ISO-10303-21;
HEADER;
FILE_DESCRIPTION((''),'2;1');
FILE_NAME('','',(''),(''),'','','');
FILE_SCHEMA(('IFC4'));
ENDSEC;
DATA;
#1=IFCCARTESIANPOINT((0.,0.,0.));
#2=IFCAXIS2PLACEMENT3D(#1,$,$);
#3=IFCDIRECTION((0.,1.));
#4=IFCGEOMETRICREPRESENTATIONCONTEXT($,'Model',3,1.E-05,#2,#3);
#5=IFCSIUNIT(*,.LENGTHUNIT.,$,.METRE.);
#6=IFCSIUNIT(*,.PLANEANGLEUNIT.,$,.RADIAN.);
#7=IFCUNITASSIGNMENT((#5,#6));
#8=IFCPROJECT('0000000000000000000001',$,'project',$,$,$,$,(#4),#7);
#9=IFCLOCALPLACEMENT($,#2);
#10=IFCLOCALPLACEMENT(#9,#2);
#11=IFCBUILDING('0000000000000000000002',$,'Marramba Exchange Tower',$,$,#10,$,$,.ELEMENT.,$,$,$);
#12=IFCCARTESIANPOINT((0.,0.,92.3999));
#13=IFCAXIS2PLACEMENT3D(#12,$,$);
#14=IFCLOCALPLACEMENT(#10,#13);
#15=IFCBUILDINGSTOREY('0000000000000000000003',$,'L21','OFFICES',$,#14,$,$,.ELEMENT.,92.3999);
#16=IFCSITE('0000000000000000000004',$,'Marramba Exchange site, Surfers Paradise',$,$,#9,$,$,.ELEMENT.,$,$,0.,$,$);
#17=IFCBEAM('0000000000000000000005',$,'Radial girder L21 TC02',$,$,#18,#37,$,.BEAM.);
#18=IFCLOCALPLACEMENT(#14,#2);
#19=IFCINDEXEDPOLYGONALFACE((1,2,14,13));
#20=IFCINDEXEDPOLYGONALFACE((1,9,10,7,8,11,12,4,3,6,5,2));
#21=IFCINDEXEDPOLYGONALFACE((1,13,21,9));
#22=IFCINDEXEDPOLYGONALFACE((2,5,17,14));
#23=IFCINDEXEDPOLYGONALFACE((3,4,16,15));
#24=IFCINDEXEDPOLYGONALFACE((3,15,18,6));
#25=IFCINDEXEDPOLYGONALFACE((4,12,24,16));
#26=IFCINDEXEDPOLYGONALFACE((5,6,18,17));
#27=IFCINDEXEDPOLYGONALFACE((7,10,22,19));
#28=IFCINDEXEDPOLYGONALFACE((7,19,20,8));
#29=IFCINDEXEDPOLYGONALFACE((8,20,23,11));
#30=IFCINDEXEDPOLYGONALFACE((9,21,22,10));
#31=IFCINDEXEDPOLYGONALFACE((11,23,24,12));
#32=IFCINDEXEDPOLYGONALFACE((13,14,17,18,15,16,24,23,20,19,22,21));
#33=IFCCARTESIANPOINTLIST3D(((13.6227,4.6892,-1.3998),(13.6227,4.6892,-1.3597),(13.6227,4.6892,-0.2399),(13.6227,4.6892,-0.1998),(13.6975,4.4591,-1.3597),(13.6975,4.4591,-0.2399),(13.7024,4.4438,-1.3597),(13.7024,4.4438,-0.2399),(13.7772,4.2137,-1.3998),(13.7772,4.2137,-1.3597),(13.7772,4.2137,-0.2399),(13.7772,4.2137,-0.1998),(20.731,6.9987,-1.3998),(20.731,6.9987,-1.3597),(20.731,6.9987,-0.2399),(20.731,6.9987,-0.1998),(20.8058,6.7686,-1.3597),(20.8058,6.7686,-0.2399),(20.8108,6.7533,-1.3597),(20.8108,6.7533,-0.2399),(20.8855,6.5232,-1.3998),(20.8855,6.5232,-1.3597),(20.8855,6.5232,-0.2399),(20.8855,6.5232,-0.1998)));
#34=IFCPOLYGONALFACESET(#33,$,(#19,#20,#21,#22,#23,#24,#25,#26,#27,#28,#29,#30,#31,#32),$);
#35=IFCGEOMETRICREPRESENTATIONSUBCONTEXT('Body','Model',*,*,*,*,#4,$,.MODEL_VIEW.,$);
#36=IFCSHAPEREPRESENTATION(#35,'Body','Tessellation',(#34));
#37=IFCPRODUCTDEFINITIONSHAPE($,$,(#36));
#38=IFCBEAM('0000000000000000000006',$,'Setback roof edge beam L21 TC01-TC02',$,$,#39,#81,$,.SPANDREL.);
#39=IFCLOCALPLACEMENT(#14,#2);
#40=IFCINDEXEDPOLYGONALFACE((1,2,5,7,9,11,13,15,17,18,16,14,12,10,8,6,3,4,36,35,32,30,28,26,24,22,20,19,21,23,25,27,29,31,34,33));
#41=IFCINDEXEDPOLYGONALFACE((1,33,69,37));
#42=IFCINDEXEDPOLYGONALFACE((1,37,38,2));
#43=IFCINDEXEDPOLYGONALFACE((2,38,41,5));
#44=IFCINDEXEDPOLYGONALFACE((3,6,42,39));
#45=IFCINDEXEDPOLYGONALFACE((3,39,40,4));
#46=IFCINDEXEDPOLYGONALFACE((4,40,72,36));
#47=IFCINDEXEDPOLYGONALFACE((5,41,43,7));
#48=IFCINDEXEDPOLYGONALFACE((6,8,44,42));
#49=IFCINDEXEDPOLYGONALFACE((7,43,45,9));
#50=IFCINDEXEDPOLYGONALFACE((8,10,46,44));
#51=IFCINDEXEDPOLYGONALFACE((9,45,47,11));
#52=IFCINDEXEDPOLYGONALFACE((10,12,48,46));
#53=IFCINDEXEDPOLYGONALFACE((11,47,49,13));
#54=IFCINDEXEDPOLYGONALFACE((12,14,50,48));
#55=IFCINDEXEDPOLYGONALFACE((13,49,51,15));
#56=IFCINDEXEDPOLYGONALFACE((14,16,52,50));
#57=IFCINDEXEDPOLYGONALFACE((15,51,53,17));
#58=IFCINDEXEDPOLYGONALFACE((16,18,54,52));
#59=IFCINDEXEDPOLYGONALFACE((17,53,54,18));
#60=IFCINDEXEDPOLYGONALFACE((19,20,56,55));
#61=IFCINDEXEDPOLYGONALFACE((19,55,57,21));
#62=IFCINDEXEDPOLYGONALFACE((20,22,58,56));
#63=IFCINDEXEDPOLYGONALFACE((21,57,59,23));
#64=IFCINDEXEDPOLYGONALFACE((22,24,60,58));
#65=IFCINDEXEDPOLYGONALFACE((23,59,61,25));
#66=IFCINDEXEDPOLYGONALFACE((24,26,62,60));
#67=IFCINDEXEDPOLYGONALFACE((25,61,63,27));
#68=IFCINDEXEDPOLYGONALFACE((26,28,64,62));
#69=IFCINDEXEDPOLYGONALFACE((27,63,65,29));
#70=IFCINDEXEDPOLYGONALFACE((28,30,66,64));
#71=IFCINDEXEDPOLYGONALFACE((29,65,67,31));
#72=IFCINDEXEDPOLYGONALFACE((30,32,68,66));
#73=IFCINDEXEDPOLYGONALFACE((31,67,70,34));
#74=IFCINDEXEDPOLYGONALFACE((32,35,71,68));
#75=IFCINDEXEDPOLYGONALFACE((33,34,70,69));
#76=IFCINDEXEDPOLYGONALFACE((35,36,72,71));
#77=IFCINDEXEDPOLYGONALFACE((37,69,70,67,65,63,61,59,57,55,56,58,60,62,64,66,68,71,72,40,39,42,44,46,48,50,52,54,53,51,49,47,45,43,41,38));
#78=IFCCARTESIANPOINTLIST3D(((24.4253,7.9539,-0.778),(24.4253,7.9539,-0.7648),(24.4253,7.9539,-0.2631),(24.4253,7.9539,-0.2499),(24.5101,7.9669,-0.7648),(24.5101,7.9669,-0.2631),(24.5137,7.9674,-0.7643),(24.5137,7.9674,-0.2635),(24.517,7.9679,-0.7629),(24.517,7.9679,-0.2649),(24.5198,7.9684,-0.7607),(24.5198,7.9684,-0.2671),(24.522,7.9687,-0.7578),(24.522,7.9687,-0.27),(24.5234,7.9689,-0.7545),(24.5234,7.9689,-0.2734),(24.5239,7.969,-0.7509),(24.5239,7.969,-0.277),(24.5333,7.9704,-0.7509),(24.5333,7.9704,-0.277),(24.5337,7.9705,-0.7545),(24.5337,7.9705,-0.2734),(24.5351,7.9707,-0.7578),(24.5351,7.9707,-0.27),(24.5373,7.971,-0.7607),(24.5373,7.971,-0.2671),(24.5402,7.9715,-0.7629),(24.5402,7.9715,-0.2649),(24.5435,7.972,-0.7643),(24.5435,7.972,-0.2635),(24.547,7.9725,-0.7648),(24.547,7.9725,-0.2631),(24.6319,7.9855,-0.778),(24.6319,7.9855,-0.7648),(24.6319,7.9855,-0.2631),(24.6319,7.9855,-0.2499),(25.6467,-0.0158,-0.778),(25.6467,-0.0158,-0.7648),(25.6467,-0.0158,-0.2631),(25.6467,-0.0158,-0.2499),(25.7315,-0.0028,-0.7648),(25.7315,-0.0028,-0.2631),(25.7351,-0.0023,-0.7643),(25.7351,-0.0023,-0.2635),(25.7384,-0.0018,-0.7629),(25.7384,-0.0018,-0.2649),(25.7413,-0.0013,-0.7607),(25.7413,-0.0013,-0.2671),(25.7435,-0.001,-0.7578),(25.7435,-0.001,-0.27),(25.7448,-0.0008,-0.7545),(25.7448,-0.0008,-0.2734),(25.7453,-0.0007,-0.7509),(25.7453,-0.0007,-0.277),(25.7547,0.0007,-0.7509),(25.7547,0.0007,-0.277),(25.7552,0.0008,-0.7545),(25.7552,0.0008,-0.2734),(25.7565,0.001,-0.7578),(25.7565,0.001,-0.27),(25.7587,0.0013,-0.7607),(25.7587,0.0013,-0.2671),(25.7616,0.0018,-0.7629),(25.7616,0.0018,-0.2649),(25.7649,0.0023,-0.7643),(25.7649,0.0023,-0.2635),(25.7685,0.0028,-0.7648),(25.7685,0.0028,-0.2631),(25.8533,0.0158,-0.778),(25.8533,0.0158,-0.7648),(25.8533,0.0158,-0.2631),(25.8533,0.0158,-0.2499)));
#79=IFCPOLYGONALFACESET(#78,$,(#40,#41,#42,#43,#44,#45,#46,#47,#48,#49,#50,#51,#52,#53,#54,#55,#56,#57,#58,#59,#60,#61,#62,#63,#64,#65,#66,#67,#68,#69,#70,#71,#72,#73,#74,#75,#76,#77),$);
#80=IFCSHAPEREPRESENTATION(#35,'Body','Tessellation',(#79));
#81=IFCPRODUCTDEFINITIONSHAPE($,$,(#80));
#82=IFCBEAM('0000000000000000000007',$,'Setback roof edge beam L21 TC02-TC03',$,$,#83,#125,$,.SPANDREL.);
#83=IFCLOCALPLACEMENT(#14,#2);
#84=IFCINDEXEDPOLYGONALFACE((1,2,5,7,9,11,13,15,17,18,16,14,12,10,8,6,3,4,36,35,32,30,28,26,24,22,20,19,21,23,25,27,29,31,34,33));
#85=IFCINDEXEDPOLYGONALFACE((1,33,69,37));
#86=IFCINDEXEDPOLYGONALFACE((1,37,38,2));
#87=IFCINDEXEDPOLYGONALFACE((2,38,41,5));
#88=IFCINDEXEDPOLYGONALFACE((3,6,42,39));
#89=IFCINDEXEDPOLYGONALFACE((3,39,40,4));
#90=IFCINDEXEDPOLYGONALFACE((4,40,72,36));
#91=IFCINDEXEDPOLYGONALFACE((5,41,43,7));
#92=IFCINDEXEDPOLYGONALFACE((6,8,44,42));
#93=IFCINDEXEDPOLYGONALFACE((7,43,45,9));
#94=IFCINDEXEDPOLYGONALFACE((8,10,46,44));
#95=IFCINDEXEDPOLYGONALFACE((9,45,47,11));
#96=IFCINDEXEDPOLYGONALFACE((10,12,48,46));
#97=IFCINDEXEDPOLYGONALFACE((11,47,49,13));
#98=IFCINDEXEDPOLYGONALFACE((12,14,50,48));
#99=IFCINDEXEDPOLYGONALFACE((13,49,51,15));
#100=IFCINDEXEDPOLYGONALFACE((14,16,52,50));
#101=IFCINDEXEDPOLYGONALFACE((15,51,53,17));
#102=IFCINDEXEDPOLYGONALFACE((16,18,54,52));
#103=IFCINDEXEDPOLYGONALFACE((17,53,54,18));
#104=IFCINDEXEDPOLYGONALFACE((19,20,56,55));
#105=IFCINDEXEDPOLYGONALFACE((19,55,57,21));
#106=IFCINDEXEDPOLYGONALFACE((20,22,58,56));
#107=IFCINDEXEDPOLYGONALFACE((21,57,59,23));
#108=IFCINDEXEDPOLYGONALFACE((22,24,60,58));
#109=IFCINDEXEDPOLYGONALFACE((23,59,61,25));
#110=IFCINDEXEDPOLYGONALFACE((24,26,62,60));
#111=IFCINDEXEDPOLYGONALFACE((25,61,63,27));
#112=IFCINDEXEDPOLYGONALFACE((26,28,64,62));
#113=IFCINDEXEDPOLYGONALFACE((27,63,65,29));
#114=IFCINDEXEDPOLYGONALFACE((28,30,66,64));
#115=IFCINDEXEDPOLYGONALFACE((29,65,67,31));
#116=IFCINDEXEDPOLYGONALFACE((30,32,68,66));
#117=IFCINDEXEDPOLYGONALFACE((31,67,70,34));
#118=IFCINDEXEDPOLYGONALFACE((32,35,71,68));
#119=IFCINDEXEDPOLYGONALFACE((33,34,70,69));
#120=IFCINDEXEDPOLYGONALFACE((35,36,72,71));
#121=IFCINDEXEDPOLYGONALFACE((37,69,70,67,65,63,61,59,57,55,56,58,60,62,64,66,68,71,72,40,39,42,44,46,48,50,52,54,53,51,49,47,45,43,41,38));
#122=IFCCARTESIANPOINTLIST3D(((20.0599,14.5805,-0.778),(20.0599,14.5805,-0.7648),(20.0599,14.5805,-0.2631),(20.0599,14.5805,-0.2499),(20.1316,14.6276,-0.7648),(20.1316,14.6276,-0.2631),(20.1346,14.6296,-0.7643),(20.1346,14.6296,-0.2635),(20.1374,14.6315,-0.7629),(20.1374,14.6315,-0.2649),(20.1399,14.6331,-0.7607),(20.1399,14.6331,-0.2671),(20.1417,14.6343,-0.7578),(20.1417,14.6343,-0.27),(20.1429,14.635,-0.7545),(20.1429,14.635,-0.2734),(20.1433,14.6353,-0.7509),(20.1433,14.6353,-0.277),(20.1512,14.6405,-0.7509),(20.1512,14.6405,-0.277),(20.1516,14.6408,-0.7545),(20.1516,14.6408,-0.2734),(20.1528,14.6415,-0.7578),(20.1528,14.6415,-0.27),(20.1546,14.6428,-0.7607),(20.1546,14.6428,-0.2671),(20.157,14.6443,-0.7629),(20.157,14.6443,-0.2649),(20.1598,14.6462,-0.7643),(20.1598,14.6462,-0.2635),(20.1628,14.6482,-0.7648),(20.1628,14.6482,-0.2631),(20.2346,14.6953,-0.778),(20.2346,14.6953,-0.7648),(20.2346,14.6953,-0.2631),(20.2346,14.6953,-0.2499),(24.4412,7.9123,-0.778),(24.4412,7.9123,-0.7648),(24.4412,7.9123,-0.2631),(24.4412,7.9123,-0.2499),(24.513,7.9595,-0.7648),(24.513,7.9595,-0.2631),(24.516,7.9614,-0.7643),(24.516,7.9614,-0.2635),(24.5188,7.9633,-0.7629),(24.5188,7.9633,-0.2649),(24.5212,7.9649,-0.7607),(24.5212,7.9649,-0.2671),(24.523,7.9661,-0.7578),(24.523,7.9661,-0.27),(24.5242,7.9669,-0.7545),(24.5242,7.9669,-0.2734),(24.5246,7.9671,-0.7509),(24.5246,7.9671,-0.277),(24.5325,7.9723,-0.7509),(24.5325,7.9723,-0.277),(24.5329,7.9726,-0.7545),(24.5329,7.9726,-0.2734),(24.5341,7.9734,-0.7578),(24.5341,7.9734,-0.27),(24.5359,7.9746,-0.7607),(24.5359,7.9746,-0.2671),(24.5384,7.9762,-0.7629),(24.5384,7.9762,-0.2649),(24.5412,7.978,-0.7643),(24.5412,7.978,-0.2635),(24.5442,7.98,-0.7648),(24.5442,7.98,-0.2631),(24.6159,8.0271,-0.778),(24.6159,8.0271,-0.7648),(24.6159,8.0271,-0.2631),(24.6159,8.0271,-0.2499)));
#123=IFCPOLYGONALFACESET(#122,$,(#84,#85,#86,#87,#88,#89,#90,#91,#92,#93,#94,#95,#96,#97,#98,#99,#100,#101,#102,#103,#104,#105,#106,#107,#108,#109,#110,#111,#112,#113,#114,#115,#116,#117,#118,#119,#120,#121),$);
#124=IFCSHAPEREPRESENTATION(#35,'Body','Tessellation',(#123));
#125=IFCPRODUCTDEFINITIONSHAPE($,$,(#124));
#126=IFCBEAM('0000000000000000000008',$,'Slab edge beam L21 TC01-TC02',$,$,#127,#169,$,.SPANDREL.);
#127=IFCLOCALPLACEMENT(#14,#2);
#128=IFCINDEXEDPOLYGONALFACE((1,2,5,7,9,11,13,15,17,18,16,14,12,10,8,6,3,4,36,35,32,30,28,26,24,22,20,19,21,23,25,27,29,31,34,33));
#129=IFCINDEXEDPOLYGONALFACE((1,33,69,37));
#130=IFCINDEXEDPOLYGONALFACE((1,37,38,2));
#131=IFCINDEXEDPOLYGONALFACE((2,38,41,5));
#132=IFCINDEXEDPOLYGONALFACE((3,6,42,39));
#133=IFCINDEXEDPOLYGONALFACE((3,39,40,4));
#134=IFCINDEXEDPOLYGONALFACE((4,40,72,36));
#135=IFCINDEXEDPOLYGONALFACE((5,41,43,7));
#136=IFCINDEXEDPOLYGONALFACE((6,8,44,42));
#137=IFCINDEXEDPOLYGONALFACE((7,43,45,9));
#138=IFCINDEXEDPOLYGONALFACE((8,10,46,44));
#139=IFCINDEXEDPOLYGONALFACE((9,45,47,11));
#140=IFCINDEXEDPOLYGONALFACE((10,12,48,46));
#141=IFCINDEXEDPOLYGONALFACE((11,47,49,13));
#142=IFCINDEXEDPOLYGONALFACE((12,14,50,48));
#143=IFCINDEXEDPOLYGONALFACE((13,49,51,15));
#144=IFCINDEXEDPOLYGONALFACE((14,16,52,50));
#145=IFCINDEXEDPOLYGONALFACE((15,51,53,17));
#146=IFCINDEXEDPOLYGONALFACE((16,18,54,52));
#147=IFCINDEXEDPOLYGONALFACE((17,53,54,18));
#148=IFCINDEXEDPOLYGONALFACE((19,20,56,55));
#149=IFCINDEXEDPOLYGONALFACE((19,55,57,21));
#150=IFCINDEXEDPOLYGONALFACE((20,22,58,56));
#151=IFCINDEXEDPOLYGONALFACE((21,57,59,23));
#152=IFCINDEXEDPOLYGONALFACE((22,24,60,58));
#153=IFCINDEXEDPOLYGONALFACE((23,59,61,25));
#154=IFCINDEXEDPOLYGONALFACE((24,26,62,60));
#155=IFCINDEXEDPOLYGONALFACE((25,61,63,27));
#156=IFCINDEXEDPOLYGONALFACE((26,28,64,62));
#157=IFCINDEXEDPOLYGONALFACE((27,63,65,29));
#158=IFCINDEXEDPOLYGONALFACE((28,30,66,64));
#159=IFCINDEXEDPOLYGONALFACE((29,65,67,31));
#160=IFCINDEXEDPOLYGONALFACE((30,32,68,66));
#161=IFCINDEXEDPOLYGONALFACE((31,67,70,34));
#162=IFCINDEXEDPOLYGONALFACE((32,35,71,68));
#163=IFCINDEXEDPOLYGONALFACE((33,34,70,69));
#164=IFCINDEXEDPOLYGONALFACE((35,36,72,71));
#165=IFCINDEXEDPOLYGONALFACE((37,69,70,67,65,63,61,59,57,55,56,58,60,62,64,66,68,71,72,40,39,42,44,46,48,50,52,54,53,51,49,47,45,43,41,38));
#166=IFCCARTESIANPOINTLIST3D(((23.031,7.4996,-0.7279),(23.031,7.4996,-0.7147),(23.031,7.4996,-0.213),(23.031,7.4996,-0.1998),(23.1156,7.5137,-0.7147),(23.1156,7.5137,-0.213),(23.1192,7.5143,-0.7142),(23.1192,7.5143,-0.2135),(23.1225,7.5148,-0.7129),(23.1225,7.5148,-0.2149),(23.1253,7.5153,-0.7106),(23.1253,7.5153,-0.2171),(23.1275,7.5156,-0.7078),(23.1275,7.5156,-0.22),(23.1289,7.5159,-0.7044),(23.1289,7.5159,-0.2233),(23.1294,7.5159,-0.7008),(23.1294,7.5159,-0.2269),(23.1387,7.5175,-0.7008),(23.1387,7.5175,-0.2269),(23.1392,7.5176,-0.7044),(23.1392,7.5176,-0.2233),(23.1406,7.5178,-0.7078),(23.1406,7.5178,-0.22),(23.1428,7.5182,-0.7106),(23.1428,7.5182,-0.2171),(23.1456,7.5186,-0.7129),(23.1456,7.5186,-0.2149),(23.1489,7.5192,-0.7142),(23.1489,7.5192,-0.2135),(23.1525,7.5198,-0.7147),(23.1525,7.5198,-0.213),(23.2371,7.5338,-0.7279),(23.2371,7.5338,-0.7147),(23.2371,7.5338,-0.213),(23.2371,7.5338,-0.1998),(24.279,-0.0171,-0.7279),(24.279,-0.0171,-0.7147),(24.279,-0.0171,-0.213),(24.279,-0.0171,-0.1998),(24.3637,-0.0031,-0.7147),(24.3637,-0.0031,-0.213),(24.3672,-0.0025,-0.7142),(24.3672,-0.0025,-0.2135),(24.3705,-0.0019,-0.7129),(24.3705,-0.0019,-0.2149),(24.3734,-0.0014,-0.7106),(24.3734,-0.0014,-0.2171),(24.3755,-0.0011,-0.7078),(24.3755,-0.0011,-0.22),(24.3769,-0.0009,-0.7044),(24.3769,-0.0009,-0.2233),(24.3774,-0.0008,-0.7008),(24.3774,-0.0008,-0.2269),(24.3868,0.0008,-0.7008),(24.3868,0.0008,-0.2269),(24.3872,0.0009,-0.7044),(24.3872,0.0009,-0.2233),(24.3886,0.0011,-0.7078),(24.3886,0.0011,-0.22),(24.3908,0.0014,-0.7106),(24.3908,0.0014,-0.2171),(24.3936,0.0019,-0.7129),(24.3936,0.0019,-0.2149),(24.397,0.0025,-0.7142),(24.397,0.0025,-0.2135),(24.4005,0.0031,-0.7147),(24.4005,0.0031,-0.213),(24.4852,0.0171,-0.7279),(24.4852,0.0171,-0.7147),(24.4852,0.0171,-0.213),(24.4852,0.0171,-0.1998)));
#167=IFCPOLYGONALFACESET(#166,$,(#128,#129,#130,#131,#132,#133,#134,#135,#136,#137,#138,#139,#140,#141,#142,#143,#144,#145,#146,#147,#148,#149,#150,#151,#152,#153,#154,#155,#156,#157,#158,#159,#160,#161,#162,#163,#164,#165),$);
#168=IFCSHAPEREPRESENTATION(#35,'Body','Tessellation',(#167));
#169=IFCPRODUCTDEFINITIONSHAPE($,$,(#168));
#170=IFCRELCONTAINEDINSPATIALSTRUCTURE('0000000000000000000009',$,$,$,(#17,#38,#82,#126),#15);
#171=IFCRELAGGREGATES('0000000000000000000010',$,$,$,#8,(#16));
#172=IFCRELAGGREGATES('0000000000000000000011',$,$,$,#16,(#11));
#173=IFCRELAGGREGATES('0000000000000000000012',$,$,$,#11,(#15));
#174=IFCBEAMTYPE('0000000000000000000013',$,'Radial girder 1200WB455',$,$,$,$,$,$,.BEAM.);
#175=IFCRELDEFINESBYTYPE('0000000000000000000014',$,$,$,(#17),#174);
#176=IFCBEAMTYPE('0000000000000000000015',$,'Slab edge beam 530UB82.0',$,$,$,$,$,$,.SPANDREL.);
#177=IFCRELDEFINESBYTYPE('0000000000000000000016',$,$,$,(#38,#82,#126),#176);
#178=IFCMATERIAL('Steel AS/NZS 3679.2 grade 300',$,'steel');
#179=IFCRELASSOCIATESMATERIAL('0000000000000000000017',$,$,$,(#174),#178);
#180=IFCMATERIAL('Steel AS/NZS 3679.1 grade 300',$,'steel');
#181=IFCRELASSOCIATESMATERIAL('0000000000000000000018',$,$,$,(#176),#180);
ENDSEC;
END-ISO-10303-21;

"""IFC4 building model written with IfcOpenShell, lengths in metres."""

from ifc_helpers import new_model, si_unit, direction, frame, origin, origin_2d, place, context, subcontext, project, spatial, i_section, extrude, material, material_profile, profile_set, type_object, element, save


model = new_model("IFC4")

# Units and contexts
model_context = context("Model", 3, precision=1e-05, world=origin(), true_north=direction((0.0, 1.0)))
body_context = subcontext(model_context, "Body", "Model", "MODEL_VIEW")
ifc_project = project(units=[si_unit("LENGTHUNIT", "METRE"), si_unit("PLANEANGLEUNIT", "RADIAN")], contexts=[model_context])

# Site, building, storey
site_placement = place(None, origin())
site = spatial("IfcSite", under=ifc_project, at=site_placement, Name="Marramba Exchange site, Surfers Paradise", CompositionType="ELEMENT", RefElevation=0.0)
building_placement = place(site_placement, origin())
building = spatial("IfcBuilding", under=site, at=building_placement, Name="Marramba Exchange Tower", CompositionType="ELEMENT")
storey_placement = place(building_placement, frame((0.0, 0.0, 92.3999)))
storey = spatial("IfcBuildingStorey", under=building, at=storey_placement, Name="L21", Description="OFFICES", CompositionType="ELEMENT", Elevation=92.3999)

# Shared definitions
ifc_material_1 = material(Name="Steel AS/NZS 3679.2 grade 300", Category="steel")

# Shared definitions
ifc_material_2 = material(Name="Steel AS/NZS 3679.1 grade 300", Category="steel")

# Beams
ifc_material_profile_1 = material_profile(ifc_material_1, i_section(OverallWidth=0.5, OverallDepth=1.2, WebThickness=0.0161, FlangeThickness=0.04, at=origin_2d()), Name="1200WB455")
ifc_profile_set_1 = profile_set([ifc_material_profile_1], Name="Steel AS/NZS 3679.2 grade 300")
beam_type_1 = type_object("IfcBeamType", Name="Radial girder 1200WB455", PredefinedType="BEAM", material=ifc_profile_set_1)
beam_1_placement = place(storey_placement, frame((13.7, 4.4514, -0.7998), z_axis=(0.95106, 0.309006, 0.0), x_axis=(-0.309006, 0.95106, 0.0)))
element("IfcBeam", 1, at=beam_1_placement, inside=storey, type_object=beam_type_1, Name="Radial girder L21 TC02", PredefinedType="BEAM", context=body_context, shape_type="SweptSolid", body=[
    extrude(i_section(OverallWidth=0.5, OverallDepth=1.2, WebThickness=0.0161, FlangeThickness=0.04, at=origin_2d()), origin(), (0.0, 0.0, 1.0), 7.4741),
])
ifc_material_profile_2 = material_profile(ifc_material_2, i_section(OverallWidth=0.209, OverallDepth=0.5281, WebThickness=0.0095, FlangeThickness=0.0132, FilletRadius=0.0139, at=origin_2d()), Name="530UB82.0")
ifc_profile_set_2 = profile_set([ifc_material_profile_2], Name="Steel AS/NZS 3679.1 grade 300")
beam_type_2 = type_object("IfcBeamType", Name="Slab edge beam 530UB82.0", PredefinedType="SPANDREL", material=ifc_profile_set_2)
beam_2_placement = place(storey_placement, frame((25.75, 0.0, -0.5139), z_axis=(-0.151491, 0.988459, 0.0), x_axis=(-0.988459, -0.151491, 0.0)))
element("IfcBeam", 2, at=beam_2_placement, inside=storey, type_object=beam_type_2, Name="Setback roof edge beam L21 TC01-TC02", PredefinedType="SPANDREL", context=body_context, shape_type="SweptSolid", body=[
    extrude(i_section(OverallWidth=0.209, OverallDepth=0.5281, WebThickness=0.0095, FlangeThickness=0.0132, FilletRadius=0.0139, at=origin_2d()), origin(), (0.0, 0.0, 1.0), 8.0627),
])
beam_3_placement = place(storey_placement, frame((24.5286, 7.9697, -0.5139), z_axis=(-0.549124, 0.835741, 0.0), x_axis=(-0.835741, -0.549124, 0.0)))
element("IfcBeam", 3, at=beam_3_placement, inside=storey, type_object=beam_type_2, Name="Setback roof edge beam L21 TC02-TC03", PredefinedType="SPANDREL", context=body_context, shape_type="SweptSolid", body=[
    extrude(i_section(OverallWidth=0.209, OverallDepth=0.5281, WebThickness=0.0095, FlangeThickness=0.0132, FilletRadius=0.0139, at=origin_2d()), origin(), (0.0, 0.0, 1.0), 7.9788),
])
beam_4_placement = place(storey_placement, frame((24.3821, 0.0, -0.4639), z_axis=(-0.163791, 0.986495, 0.0), x_axis=(-0.986495, -0.163791, 0.0)))
element("IfcBeam", 4, at=beam_4_placement, inside=storey, type_object=beam_type_2, Name="Slab edge beam L21 TC01-TC02", PredefinedType="SPANDREL", context=body_context, shape_type="SweptSolid", body=[
    extrude(i_section(OverallWidth=0.209, OverallDepth=0.5281, WebThickness=0.0095, FlangeThickness=0.0132, FilletRadius=0.0139, at=origin_2d()), origin(), (0.0, 0.0, 1.0), 7.6196),
])

save(model, "model.ifc")
